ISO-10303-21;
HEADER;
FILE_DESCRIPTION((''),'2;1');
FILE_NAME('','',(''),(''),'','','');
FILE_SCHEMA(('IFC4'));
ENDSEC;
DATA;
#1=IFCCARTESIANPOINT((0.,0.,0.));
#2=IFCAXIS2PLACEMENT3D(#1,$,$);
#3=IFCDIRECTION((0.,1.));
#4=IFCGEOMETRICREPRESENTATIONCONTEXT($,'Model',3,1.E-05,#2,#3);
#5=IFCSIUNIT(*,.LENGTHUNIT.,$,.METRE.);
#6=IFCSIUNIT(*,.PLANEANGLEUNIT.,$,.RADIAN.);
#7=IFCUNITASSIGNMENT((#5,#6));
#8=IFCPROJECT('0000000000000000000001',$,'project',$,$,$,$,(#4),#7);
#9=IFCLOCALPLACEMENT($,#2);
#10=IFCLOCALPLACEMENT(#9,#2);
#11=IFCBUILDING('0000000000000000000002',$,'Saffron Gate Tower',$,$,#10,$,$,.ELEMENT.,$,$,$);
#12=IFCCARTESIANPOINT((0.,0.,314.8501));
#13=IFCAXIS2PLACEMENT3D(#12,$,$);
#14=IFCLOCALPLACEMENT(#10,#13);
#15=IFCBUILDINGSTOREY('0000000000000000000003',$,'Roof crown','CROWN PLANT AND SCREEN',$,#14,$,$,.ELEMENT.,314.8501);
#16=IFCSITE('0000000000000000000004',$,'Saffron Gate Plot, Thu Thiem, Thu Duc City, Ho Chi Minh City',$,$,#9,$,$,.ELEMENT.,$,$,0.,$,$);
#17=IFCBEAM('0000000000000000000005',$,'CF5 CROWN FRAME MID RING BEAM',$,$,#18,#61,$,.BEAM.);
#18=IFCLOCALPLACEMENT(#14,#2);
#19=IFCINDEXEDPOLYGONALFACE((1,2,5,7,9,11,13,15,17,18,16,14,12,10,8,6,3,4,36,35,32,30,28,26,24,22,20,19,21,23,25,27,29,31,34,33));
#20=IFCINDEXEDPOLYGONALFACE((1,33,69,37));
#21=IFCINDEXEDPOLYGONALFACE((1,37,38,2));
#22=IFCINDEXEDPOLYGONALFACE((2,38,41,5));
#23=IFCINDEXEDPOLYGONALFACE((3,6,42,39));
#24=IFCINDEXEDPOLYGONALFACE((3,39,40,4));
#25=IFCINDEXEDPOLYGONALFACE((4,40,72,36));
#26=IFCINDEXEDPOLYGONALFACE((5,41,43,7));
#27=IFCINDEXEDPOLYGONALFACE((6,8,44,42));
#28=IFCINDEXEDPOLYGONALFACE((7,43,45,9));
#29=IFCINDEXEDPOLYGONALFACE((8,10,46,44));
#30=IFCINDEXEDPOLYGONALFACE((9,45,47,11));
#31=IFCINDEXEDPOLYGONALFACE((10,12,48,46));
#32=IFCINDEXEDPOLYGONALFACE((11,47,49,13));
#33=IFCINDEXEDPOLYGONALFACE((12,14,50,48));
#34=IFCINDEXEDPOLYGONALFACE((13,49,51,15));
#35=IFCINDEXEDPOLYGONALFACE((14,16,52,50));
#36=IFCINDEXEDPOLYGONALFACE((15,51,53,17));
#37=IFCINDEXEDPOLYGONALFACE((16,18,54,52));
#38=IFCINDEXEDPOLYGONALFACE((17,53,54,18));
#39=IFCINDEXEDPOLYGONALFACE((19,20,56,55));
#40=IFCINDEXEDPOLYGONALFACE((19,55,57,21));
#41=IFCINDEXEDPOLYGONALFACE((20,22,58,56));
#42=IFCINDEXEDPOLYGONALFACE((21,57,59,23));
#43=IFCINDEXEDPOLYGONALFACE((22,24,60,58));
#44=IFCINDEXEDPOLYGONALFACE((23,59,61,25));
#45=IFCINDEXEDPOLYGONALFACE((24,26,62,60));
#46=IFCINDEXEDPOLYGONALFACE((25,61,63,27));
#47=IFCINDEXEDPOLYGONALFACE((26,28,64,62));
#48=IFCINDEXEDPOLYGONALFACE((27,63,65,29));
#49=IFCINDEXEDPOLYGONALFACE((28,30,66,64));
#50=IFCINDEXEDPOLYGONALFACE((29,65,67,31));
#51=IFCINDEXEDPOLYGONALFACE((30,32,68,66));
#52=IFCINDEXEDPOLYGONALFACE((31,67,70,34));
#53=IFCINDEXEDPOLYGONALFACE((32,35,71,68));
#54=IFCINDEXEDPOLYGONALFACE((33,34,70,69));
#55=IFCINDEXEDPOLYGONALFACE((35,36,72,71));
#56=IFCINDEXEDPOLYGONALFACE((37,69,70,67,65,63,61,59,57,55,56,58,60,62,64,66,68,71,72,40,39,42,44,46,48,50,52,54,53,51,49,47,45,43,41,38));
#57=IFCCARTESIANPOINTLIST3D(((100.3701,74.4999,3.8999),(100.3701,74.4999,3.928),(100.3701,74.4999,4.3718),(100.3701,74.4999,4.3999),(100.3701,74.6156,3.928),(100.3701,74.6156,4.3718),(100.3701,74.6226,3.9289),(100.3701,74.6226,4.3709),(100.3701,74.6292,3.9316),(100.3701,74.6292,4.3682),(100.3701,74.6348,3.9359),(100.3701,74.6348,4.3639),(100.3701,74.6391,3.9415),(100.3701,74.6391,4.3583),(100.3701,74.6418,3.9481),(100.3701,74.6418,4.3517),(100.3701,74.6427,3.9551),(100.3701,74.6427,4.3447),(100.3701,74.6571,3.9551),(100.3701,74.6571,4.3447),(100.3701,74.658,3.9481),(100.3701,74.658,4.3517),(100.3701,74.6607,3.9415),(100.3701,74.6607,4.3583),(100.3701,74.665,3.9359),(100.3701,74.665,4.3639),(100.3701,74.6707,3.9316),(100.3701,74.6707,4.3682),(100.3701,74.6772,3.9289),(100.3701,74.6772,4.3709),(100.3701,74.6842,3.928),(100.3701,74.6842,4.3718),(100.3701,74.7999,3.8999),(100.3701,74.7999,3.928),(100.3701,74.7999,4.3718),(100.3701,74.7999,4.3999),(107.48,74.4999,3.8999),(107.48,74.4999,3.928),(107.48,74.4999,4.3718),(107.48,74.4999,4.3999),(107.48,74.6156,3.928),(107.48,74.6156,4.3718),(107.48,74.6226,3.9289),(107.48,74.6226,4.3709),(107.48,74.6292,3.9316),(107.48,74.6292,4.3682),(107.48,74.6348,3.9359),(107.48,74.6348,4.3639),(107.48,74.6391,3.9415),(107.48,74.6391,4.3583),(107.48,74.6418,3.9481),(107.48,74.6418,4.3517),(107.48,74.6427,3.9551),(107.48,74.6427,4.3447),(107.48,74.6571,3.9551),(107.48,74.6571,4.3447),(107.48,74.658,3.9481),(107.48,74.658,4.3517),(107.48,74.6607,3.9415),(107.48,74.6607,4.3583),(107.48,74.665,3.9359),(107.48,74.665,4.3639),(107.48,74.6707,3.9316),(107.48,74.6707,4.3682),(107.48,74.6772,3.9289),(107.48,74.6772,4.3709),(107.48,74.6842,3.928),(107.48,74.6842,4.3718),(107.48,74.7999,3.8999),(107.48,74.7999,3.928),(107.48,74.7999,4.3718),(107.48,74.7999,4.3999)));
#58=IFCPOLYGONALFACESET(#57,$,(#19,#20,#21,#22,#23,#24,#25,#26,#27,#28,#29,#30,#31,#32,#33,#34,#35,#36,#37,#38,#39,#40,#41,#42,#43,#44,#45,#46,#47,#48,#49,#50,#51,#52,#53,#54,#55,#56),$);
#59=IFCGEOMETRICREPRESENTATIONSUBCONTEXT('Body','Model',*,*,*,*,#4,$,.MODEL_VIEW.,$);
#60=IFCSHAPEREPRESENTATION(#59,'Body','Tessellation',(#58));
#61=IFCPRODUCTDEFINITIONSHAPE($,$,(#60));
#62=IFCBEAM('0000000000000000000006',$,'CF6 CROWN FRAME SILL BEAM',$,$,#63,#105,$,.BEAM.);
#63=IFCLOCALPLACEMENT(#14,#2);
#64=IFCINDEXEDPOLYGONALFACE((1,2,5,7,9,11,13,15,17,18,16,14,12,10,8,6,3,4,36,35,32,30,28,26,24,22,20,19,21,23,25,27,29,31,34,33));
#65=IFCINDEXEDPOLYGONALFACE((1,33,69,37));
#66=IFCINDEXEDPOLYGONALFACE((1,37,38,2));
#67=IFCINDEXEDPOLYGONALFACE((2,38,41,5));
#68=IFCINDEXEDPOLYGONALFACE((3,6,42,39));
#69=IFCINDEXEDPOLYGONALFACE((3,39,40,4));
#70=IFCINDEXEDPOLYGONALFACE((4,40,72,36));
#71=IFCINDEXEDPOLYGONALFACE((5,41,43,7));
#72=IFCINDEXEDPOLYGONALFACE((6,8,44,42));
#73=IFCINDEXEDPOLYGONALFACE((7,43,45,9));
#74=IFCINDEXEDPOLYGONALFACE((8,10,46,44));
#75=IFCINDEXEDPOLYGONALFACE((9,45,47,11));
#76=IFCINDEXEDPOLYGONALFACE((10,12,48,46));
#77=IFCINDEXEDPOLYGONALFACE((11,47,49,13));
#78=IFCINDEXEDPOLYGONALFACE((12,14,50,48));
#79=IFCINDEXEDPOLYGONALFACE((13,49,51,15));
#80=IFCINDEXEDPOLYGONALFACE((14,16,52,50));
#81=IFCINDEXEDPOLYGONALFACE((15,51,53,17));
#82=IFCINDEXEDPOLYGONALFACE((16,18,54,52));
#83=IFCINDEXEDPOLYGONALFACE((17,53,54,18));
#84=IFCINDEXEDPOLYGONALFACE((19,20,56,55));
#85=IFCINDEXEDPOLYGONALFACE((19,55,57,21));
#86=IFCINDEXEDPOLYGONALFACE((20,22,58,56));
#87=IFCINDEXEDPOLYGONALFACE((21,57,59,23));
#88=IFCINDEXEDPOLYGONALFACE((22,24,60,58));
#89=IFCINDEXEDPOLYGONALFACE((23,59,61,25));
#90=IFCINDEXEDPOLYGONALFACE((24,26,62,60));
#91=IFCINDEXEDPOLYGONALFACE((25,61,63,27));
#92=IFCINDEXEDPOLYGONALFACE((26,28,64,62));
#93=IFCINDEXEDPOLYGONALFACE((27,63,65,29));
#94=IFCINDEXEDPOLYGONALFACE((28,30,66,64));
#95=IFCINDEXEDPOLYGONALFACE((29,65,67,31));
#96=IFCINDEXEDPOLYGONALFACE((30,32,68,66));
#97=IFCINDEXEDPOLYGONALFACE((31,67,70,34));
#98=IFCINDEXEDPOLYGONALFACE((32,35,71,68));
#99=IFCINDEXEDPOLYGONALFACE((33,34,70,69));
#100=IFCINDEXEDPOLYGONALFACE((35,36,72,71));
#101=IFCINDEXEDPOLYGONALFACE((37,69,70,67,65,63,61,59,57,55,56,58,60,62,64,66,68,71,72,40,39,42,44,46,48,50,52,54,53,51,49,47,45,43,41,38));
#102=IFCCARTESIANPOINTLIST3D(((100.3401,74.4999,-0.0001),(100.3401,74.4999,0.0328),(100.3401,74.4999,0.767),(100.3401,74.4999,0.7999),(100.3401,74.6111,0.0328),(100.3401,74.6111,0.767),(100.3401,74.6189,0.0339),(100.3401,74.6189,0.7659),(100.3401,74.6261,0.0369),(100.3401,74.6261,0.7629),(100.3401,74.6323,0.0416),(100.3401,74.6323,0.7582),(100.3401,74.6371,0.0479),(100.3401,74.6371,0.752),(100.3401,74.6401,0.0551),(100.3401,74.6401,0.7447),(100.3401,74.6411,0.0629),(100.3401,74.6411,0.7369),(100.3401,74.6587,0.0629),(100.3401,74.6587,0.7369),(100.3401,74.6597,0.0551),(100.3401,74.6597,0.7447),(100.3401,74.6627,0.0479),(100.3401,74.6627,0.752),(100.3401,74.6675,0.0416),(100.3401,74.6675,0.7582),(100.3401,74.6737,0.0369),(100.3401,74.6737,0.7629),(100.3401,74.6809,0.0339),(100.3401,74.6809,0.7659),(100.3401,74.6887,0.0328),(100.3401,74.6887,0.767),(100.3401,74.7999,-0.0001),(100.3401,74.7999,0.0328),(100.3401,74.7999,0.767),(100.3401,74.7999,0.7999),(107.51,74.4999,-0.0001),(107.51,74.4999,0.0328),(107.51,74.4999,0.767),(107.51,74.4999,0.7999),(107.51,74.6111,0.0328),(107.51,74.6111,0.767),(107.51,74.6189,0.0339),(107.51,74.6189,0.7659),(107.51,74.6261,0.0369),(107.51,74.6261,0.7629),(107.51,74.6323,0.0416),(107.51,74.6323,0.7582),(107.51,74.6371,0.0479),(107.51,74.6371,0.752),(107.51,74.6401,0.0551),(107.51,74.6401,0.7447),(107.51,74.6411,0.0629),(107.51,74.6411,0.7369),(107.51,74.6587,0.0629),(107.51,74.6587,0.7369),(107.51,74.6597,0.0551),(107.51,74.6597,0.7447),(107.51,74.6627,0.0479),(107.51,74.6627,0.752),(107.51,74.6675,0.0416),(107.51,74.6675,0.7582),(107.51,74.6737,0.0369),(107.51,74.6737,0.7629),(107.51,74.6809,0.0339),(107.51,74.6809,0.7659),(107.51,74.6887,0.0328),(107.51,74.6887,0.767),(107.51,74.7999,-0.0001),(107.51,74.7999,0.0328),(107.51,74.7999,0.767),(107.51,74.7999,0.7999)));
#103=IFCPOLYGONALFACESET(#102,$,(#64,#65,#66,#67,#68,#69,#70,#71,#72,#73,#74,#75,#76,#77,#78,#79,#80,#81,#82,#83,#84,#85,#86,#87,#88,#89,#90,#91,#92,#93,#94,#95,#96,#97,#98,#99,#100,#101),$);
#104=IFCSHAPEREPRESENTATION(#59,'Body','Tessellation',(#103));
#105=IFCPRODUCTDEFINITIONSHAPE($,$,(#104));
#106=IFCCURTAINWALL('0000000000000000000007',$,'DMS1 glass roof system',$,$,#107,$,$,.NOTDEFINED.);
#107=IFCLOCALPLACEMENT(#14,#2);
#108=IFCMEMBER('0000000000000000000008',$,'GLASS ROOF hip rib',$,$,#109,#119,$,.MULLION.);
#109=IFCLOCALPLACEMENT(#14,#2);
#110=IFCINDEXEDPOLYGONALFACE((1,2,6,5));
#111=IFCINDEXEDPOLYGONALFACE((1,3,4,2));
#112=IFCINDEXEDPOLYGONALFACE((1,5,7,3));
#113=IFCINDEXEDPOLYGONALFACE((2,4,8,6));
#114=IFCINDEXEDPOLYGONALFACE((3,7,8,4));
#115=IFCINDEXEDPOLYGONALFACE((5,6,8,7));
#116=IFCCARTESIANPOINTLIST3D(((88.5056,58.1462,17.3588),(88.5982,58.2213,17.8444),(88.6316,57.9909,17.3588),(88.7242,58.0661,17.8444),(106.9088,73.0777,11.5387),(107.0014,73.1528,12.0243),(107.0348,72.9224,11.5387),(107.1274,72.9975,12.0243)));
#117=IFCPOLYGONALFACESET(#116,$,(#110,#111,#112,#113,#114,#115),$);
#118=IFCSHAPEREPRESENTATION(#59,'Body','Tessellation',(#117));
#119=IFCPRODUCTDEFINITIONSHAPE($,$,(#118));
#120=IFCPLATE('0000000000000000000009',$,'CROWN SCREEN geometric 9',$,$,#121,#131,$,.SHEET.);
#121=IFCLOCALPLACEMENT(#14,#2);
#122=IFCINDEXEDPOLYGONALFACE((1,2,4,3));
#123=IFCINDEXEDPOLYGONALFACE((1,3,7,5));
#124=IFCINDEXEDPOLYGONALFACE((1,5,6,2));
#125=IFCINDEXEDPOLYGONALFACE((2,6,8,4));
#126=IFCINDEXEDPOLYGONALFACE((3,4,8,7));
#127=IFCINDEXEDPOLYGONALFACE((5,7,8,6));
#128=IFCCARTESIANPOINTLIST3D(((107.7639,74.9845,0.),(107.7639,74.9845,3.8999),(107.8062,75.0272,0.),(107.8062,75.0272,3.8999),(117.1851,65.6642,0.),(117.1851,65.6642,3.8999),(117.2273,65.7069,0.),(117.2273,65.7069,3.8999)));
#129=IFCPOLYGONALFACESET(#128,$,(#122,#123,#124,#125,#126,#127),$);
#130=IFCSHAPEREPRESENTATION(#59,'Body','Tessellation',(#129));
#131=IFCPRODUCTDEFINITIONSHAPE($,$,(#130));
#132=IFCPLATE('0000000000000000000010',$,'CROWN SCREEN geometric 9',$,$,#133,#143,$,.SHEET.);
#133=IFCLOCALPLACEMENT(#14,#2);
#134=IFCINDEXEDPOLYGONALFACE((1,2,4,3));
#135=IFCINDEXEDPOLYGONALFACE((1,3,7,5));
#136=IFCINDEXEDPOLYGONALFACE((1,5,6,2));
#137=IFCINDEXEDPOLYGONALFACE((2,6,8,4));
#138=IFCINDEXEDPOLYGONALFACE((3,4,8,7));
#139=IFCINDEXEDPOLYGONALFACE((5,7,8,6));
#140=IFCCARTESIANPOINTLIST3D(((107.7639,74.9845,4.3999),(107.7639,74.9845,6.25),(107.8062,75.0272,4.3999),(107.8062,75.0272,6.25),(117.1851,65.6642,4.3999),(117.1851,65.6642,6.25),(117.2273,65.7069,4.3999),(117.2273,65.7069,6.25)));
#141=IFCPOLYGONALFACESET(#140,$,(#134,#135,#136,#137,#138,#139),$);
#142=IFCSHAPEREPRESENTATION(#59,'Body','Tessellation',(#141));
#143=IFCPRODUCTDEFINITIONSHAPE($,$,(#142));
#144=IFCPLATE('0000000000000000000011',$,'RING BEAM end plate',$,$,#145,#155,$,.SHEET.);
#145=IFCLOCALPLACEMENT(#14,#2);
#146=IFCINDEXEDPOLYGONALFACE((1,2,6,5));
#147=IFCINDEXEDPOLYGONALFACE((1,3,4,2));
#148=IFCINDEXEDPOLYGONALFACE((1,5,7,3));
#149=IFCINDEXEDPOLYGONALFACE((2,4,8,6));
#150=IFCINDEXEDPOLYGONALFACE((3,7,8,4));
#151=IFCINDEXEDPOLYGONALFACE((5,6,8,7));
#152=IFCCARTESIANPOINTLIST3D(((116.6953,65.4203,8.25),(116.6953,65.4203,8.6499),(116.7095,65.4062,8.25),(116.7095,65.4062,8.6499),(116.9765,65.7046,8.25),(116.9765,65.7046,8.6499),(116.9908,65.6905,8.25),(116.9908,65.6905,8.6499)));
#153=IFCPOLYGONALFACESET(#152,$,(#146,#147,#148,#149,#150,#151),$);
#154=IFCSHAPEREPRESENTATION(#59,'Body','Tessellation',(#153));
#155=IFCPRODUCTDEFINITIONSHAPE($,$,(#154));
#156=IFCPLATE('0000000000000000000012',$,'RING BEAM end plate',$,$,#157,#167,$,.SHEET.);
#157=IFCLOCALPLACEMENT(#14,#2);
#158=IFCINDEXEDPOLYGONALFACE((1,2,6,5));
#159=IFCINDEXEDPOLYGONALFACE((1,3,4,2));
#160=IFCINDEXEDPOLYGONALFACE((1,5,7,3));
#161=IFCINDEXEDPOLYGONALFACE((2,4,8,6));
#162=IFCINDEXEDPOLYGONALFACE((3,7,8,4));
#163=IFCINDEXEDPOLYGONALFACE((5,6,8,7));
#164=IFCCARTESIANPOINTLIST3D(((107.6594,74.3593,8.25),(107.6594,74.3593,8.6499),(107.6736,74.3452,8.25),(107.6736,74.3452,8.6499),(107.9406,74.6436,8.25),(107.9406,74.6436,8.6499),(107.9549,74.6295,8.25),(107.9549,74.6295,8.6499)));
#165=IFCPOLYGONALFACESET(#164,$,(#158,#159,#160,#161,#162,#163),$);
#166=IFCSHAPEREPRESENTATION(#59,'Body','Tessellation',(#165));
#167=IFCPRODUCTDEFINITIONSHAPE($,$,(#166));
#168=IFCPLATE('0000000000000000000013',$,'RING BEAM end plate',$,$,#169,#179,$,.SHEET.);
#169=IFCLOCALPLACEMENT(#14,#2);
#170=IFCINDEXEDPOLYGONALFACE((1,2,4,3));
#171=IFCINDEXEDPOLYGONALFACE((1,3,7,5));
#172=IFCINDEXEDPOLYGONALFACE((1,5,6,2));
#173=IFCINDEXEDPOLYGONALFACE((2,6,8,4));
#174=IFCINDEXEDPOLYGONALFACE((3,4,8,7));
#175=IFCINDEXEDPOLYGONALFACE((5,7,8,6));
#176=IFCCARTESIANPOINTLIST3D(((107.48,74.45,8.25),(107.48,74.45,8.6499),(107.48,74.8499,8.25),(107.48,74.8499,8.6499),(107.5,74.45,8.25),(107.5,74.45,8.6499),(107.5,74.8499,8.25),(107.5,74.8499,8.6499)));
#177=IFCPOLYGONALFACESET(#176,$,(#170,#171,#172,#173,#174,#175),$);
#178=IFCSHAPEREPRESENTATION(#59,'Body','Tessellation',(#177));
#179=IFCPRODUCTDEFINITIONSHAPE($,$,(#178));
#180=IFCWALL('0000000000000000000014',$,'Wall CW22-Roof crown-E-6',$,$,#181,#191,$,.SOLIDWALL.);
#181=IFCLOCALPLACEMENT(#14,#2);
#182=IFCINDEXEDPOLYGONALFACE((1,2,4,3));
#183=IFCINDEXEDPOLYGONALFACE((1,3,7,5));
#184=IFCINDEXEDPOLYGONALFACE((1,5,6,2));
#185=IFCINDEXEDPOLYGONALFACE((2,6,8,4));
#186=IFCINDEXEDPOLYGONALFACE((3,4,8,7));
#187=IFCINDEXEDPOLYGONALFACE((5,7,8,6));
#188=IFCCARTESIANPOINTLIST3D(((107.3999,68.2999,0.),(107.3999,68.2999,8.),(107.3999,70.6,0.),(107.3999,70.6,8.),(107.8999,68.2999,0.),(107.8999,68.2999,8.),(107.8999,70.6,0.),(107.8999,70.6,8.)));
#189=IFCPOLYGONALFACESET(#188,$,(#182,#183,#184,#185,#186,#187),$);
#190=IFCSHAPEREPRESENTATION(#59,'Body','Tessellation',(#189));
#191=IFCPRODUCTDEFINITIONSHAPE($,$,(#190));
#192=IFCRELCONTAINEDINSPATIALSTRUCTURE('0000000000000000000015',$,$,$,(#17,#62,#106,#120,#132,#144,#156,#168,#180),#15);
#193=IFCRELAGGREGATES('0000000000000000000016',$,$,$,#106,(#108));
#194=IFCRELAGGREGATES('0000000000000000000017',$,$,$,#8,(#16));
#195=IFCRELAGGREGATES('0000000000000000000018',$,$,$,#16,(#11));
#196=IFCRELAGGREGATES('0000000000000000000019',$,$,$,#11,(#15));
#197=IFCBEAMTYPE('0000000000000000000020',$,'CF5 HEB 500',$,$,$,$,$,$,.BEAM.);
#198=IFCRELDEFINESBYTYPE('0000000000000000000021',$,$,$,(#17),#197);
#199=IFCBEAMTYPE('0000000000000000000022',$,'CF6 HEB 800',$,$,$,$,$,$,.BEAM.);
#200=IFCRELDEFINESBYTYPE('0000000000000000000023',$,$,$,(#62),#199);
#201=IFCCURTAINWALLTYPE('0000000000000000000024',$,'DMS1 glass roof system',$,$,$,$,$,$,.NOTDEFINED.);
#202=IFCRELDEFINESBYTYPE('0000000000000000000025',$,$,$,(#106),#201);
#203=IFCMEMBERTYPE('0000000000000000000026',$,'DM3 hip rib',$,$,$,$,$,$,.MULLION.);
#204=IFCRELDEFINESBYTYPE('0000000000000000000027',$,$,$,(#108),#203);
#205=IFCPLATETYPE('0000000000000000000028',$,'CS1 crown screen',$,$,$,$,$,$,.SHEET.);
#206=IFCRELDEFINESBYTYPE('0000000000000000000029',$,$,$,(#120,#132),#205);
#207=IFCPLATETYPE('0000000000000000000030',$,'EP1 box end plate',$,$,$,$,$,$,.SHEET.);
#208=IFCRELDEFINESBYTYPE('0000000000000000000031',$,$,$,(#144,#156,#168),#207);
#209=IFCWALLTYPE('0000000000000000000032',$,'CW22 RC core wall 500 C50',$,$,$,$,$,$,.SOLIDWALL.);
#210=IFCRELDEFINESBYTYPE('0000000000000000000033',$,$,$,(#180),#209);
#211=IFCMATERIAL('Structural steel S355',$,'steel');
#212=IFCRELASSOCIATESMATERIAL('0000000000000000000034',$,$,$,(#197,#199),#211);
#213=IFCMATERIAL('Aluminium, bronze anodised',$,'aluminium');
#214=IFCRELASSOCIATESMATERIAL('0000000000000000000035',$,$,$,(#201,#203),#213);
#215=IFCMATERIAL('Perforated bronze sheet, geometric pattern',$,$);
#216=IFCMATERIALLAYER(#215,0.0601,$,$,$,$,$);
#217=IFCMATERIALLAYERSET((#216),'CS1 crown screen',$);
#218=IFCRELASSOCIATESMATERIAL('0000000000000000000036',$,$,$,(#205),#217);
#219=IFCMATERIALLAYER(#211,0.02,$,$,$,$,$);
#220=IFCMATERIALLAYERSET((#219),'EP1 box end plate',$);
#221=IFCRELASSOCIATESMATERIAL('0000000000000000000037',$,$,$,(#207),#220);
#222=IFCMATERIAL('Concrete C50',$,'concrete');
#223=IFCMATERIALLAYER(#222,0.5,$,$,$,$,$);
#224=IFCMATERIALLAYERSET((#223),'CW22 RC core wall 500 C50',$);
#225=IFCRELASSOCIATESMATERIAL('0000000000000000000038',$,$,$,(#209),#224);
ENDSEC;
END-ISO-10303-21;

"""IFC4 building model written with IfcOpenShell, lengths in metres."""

from ifc_helpers import new_model, si_unit, direction, frame, frame_2d, origin, origin_2d, place, context, subcontext, project, spatial, rectangle, i_section, extrude, material, layer, layer_set, material_profile, profile_set, type_object, element, aggregate, save


model = new_model("IFC4")

# Units and contexts
model_context = context("Model", 3, precision=1e-05, world=origin(), true_north=direction((0.0, 1.0)))
body_context = subcontext(model_context, "Body", "Model", "MODEL_VIEW")
ifc_project = project(units=[si_unit("LENGTHUNIT", "METRE"), si_unit("PLANEANGLEUNIT", "RADIAN")], contexts=[model_context])

# Site, building, storey
site_placement = place(None, origin())
site = spatial("IfcSite", under=ifc_project, at=site_placement, Name="Saffron Gate Plot, Thu Thiem, Thu Duc City, Ho Chi Minh City", CompositionType="ELEMENT", RefElevation=0.0)
building_placement = place(site_placement, origin())
building = spatial("IfcBuilding", under=site, at=building_placement, Name="Saffron Gate Tower", CompositionType="ELEMENT")
storey_placement = place(building_placement, frame((0.0, 0.0, 314.8501)))
storey = spatial("IfcBuildingStorey", under=building, at=storey_placement, Name="Roof crown", Description="CROWN PLANT AND SCREEN", CompositionType="ELEMENT", Elevation=314.8501)

# Shared definitions
ifc_material_1 = material(Name="Structural steel S355", Category="steel")

# Beams
ifc_material_profile_1 = material_profile(ifc_material_1, i_section(OverallWidth=0.3, OverallDepth=0.5, WebThickness=0.0144, FlangeThickness=0.0281, FilletRadius=0.0271, at=origin_2d()))
ifc_profile_set_1 = profile_set([ifc_material_profile_1], Name="Structural steel S355")
beam_type_1 = type_object("IfcBeamType", Name="CF5 HEB 500", PredefinedType="BEAM", material=ifc_profile_set_1)
beam_1_placement = place(storey_placement, frame((107.48, 74.6499, 4.1499), z_axis=(-1.0, 0.0, 0.0), x_axis=(0.0, -1.0, 0.0)))
element("IfcBeam", 1, at=beam_1_placement, inside=storey, type_object=beam_type_1, Name="CF5 CROWN FRAME MID RING BEAM", PredefinedType="BEAM", context=body_context, shape_type="SweptSolid", body=[
    extrude(i_section(OverallWidth=0.3, OverallDepth=0.5, WebThickness=0.0144, FlangeThickness=0.0281, FilletRadius=0.0271, at=origin_2d()), origin(), (0.0, 0.0, 1.0), 7.1099),
])
ifc_material_profile_2 = material_profile(ifc_material_1, i_section(OverallWidth=0.3, OverallDepth=0.8, WebThickness=0.0176, FlangeThickness=0.033, FilletRadius=0.03, at=origin_2d()))
ifc_profile_set_2 = profile_set([ifc_material_profile_2], Name="Structural steel S355")
beam_type_2 = type_object("IfcBeamType", Name="CF6 HEB 800", PredefinedType="BEAM", material=ifc_profile_set_2)
beam_2_placement = place(storey_placement, frame((107.51, 74.6499, 0.3999), z_axis=(-1.0, 0.0, 0.0), x_axis=(0.0, -1.0, 0.0)))
element("IfcBeam", 2, at=beam_2_placement, inside=storey, type_object=beam_type_2, Name="CF6 CROWN FRAME SILL BEAM", PredefinedType="BEAM", context=body_context, shape_type="SweptSolid", body=[
    extrude(i_section(OverallWidth=0.3, OverallDepth=0.8, WebThickness=0.0176, FlangeThickness=0.033, FilletRadius=0.03, at=origin_2d()), origin(), (0.0, 0.0, 1.0), 7.1699),
])

# Curtain wall, member
ifc_material_2 = material(Name="Aluminium, bronze anodised", Category="aluminium")
curtain_wall_type = type_object("IfcCurtainWallType", Name="DMS1 glass roof system", PredefinedType="NOTDEFINED", material=ifc_material_2)
curtain_wall_placement = place(storey_placement, origin())
curtain_wall = element("IfcCurtainWall", 3, at=curtain_wall_placement, inside=storey, type_object=curtain_wall_type, Name="DMS1 glass roof system", PredefinedType="NOTDEFINED")
ifc_material_profile_3 = material_profile(ifc_material_2, rectangle(XDim=0.2, YDim=0.5, at=origin_2d()))
ifc_profile_set_3 = profile_set([ifc_material_profile_3], Name="Aluminium, bronze anodised")
member_type_1 = type_object("IfcMemberType", Name="DM3 hip rib", PredefinedType="MULLION", material=ifc_profile_set_3)
member_1_placement = place(storey_placement, frame((107.0181, 73.0376, 11.7815), z_axis=(-0.75414, -0.611874, 0.238501), x_axis=(0.630056, -0.77655, 0.0)))
member_1 = element("IfcMember", 4, at=member_1_placement, type_object=member_type_1, Name="GLASS ROOF hip rib", PredefinedType="MULLION", context=body_context, shape_type="SweptSolid", body=[
    extrude(rectangle(XDim=0.2, YDim=0.5, at=origin_2d()), origin(), (0.0, 0.0, 1.0), 24.4028),
])
aggregate(curtain_wall, [member_1])

# Plates
ifc_material_3 = material(Name="Perforated bronze sheet, geometric pattern")
ifc_layer_1 = layer(ifc_material_3, 0.0601)
ifc_layer_set_1 = layer_set([ifc_layer_1], Name="CS1 crown screen")
plate_type_1 = type_object("IfcPlateType", Name="CS1 crown screen", PredefinedType="SHEET", material=ifc_layer_set_1)
plate_1_placement = place(storey_placement, frame((112.4956, 70.3457, 0.0), z_axis=(0.0, 0.0, 1.0), x_axis=(-0.710898, 0.703295, 0.0)))
element("IfcPlate", 5, at=plate_1_placement, inside=storey, type_object=plate_type_1, Name="CROWN SCREEN geometric 9", PredefinedType="SHEET", context=body_context, shape_type="SweptSolid", body=[
    extrude(rectangle(XDim=13.2524, YDim=0.0601, at=origin_2d()), origin(), (0.0, 0.0, 1.0), 3.8999),
])
plate_2_placement = place(storey_placement, frame((112.4956, 70.3457, 4.3999), z_axis=(0.0, 0.0, 1.0), x_axis=(-0.710898, 0.703295, 0.0)))
element("IfcPlate", 6, at=plate_2_placement, inside=storey, type_object=plate_type_1, Name="CROWN SCREEN geometric 9", PredefinedType="SHEET", context=body_context, shape_type="SweptSolid", body=[
    extrude(rectangle(XDim=13.2524, YDim=0.0601, at=origin_2d()), origin(), (0.0, 0.0, 1.0), 1.8501),
])
ifc_layer_2 = layer(ifc_material_1, 0.02)
ifc_layer_set_2 = layer_set([ifc_layer_2], Name="EP1 box end plate")
plate_type_2 = type_object("IfcPlateType", Name="EP1 box end plate", PredefinedType="SHEET", material=ifc_layer_set_2)
for number, where, z_axis, x_axis, name in (
    (7, (116.843, 65.5554, 8.25), (0.0, 0.0, 1.0), (-0.710903, 0.70329, 0.0), "RING BEAM end plate"),
    (8, (107.8071, 74.4944, 8.25), (0.0, 0.0, 1.0), (-0.710903, 0.70329, 0.0), "RING BEAM end plate"),
    (9, (107.49, 74.6499, 8.25), (0.0, 0.0, 1.0), (-1.0, 0.0, 0.0), "RING BEAM end plate"),
):
    element("IfcPlate", number, at=place(storey_placement, frame(where, z_axis=z_axis, x_axis=x_axis)), inside=storey, type_object=plate_type_2, Name=name, PredefinedType="SHEET", context=body_context, shape_type="SweptSolid", body=[
        extrude(rectangle(XDim=0.02, YDim=0.3999, at=origin_2d()), origin(), (0.0, 0.0, 1.0), 0.3999),
    ])

# Wall
ifc_material_4 = material(Name="Concrete C50", Category="concrete")
ifc_layer_3 = layer(ifc_material_4, 0.5)
ifc_layer_set_3 = layer_set([ifc_layer_3], Name="CW22 RC core wall 500 C50")
wall_type_1 = type_object("IfcWallType", Name="CW22 RC core wall 500 C50", PredefinedType="SOLIDWALL", material=ifc_layer_set_3)
wall_1_placement = place(storey_placement, frame((107.6499, 68.3, 0.0), z_axis=(0.0, 0.0, 1.0), x_axis=(0.0, 1.0, 0.0)))
element("IfcWall", 10, at=wall_1_placement, inside=storey, type_object=wall_type_1, Name="Wall CW22-Roof crown-E-6", PredefinedType="SOLIDWALL", context=body_context, shape_type="SweptSolid", body=[
    extrude(rectangle(XDim=2.3, YDim=0.5, at=frame_2d((1.1499, 0.0))), origin(), (0.0, 0.0, 1.0), 8.0),
])

save(model, "model.ifc")
